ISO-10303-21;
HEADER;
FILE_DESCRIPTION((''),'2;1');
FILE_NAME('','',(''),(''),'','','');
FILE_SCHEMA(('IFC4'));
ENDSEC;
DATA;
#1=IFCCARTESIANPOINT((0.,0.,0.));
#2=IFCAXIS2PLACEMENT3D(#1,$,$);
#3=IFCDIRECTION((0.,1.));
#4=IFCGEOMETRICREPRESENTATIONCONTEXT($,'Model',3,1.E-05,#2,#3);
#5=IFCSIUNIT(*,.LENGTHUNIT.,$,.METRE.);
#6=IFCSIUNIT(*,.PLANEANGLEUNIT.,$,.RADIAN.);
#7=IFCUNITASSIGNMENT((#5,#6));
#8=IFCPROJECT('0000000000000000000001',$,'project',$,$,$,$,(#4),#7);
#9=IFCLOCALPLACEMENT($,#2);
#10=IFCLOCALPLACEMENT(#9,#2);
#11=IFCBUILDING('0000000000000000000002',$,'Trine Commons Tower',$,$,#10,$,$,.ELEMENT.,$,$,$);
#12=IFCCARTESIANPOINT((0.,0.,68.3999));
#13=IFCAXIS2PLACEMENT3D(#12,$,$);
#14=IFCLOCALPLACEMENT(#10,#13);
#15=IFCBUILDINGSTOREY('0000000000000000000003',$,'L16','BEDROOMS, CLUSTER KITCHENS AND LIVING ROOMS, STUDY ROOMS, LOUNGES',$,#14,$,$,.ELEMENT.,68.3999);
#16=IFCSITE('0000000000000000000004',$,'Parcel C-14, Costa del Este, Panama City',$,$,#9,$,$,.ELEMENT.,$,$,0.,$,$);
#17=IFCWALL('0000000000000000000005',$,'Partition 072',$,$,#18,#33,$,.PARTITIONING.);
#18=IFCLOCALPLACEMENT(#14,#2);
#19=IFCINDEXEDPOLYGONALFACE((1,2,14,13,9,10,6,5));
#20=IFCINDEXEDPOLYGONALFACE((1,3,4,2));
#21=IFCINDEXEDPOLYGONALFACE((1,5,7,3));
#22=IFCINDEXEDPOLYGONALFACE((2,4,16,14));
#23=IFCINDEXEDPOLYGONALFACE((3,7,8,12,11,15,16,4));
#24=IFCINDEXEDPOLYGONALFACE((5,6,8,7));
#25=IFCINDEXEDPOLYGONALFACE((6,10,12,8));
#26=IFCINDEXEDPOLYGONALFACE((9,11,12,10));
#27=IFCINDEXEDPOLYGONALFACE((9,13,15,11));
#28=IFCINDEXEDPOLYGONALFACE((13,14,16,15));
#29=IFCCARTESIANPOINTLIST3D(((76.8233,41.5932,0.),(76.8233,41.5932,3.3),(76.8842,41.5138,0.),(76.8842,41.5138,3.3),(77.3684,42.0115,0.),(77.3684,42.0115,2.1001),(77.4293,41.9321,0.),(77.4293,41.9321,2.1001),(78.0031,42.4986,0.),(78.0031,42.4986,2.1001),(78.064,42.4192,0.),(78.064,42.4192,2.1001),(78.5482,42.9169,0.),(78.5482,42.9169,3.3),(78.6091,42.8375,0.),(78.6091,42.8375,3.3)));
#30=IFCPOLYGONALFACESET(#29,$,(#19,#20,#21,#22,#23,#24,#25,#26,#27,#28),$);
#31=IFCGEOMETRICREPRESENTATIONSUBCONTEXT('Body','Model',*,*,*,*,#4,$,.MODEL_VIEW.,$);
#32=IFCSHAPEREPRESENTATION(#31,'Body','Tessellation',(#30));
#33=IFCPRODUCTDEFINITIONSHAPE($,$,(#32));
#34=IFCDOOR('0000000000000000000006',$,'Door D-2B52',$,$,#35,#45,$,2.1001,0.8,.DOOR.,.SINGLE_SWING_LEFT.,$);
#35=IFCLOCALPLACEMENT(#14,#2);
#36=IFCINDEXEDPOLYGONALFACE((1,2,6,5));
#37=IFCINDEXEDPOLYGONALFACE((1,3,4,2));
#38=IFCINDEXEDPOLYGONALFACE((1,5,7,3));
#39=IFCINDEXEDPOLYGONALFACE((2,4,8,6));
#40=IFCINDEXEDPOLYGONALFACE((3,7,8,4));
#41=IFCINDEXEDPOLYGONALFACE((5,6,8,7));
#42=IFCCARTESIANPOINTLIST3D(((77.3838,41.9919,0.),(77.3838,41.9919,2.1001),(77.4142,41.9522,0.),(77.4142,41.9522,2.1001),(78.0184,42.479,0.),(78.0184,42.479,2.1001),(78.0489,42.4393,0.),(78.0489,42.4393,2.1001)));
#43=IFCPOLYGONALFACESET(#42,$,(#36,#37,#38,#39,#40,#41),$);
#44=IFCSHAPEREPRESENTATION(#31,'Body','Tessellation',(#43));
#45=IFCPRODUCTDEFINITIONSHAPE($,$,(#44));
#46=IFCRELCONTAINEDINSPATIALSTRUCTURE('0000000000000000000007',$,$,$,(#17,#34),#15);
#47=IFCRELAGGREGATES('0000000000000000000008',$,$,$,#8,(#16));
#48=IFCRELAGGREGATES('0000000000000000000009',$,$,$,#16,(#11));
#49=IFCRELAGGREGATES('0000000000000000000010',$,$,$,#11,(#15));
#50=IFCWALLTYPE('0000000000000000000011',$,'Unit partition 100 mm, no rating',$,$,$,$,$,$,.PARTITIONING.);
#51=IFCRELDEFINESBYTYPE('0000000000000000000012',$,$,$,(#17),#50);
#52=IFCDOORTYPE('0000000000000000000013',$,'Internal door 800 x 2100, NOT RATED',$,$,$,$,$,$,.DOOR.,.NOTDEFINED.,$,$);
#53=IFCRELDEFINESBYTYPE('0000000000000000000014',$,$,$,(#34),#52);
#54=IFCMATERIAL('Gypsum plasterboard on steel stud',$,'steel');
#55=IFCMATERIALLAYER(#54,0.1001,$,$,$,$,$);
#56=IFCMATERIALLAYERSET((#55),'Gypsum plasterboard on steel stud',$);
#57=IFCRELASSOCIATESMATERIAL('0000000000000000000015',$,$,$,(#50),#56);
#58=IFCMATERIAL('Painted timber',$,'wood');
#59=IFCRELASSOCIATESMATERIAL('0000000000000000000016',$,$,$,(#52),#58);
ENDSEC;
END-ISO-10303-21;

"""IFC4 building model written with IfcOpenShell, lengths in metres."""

from ifc_helpers import new_model, si_unit, direction, frame, frame_2d, origin, place, context, subcontext, project, spatial, rectangle, extrude, material, layer, layer_set, type_object, element, fill, save


model = new_model("IFC4")

# Units and contexts
model_context = context("Model", 3, precision=1e-05, world=origin(), true_north=direction((0.0, 1.0)))
body_context = subcontext(model_context, "Body", "Model", "MODEL_VIEW")
ifc_project = project(units=[si_unit("LENGTHUNIT", "METRE"), si_unit("PLANEANGLEUNIT", "RADIAN")], contexts=[model_context])

# Site, building, storey
site_placement = place(None, origin())
site = spatial("IfcSite", under=ifc_project, at=site_placement, Name="Parcel C-14, Costa del Este, Panama City", CompositionType="ELEMENT", RefElevation=0.0)
building_placement = place(site_placement, origin())
building = spatial("IfcBuilding", under=site, at=building_placement, Name="Trine Commons Tower", CompositionType="ELEMENT")
storey_placement = place(building_placement, frame((0.0, 0.0, 68.3999)))
storey = spatial("IfcBuildingStorey", under=building, at=storey_placement, Name="L16", Description="BEDROOMS, CLUSTER KITCHENS AND LIVING ROOMS, STUDY ROOMS, LOUNGES", CompositionType="ELEMENT", Elevation=68.3999)

# Shared definitions
ifc_material_1 = material(Name="Gypsum plasterboard on steel stud", Category="steel")

# Shared definitions
ifc_layer_1 = layer(ifc_material_1, 0.1001)
ifc_layer_set_1 = layer_set([ifc_layer_1], Name="Gypsum plasterboard on steel stud")
wall_type_1 = type_object("IfcWallType", Name="Unit partition 100 mm, no rating", PredefinedType="PARTITIONING", material=ifc_layer_set_1)
ifc_material_2 = material(Name="Painted timber", Category="wood")
door_type_1 = type_object("IfcDoorType", Name="Internal door 800 x 2100, NOT RATED", OperationType="NOTDEFINED", PredefinedType="DOOR", material=ifc_material_2)

# Wall, opening, door
wall_1_placement = place(storey_placement, frame((76.8538, 41.5535, 0.0), z_axis=(0.0, 0.0, 1.0), x_axis=(0.793308, 0.60882, 0.0)))
wall_1 = element("IfcWall", 1, at=wall_1_placement, inside=storey, type_object=wall_type_1, Name="Partition 072", PredefinedType="PARTITIONING", context=body_context, shape_type="SweptSolid", body=[
    extrude(rectangle(XDim=2.1743, YDim=0.1001, at=frame_2d((1.0872, 0.0))), origin(), (0.0, 0.0, 1.0), 3.3),
])
opening_1_placement = place(wall_1_placement, frame((0.6873, 0.0, 0.0)))
opening_1 = element("IfcOpeningElement", 2, at=opening_1_placement, cuts=wall_1, PredefinedType="OPENING", context=body_context, shape_type="SweptSolid", body=[
    extrude(rectangle(XDim=0.8, YDim=2.1001, at=frame_2d((0.3999, 1.05))), frame((0.0, 0.0601, 0.0), z_axis=(0.0, -1.0, 0.0), x_axis=(1.0, 0.0, 0.0)), (0.0, 0.0, 1.0), 0.1201),
])
door_1_placement = place(opening_1_placement, frame((0.8, 0.0, 0.0), z_axis=(0.0, 0.0, 1.0), x_axis=(-1.0, 0.0, 0.0)))
door_1 = element("IfcDoor", 3, at=door_1_placement, inside=storey, type_object=door_type_1, Name="Door D-2B52", OperationType="SINGLE_SWING_LEFT", OverallHeight=2.1001, OverallWidth=0.8, PredefinedType="DOOR", context=body_context, shape_type="SweptSolid", body=[
    extrude(rectangle(XDim=0.8, YDim=2.1001, at=frame_2d((0.3999, 1.05))), frame((0.0, 0.0249, 0.0), z_axis=(0.0, -1.0, 0.0), x_axis=(1.0, 0.0, 0.0)), (0.0, 0.0, 1.0), 0.05),
])
fill(opening_1, door_1)

save(model, "model.ifc")
